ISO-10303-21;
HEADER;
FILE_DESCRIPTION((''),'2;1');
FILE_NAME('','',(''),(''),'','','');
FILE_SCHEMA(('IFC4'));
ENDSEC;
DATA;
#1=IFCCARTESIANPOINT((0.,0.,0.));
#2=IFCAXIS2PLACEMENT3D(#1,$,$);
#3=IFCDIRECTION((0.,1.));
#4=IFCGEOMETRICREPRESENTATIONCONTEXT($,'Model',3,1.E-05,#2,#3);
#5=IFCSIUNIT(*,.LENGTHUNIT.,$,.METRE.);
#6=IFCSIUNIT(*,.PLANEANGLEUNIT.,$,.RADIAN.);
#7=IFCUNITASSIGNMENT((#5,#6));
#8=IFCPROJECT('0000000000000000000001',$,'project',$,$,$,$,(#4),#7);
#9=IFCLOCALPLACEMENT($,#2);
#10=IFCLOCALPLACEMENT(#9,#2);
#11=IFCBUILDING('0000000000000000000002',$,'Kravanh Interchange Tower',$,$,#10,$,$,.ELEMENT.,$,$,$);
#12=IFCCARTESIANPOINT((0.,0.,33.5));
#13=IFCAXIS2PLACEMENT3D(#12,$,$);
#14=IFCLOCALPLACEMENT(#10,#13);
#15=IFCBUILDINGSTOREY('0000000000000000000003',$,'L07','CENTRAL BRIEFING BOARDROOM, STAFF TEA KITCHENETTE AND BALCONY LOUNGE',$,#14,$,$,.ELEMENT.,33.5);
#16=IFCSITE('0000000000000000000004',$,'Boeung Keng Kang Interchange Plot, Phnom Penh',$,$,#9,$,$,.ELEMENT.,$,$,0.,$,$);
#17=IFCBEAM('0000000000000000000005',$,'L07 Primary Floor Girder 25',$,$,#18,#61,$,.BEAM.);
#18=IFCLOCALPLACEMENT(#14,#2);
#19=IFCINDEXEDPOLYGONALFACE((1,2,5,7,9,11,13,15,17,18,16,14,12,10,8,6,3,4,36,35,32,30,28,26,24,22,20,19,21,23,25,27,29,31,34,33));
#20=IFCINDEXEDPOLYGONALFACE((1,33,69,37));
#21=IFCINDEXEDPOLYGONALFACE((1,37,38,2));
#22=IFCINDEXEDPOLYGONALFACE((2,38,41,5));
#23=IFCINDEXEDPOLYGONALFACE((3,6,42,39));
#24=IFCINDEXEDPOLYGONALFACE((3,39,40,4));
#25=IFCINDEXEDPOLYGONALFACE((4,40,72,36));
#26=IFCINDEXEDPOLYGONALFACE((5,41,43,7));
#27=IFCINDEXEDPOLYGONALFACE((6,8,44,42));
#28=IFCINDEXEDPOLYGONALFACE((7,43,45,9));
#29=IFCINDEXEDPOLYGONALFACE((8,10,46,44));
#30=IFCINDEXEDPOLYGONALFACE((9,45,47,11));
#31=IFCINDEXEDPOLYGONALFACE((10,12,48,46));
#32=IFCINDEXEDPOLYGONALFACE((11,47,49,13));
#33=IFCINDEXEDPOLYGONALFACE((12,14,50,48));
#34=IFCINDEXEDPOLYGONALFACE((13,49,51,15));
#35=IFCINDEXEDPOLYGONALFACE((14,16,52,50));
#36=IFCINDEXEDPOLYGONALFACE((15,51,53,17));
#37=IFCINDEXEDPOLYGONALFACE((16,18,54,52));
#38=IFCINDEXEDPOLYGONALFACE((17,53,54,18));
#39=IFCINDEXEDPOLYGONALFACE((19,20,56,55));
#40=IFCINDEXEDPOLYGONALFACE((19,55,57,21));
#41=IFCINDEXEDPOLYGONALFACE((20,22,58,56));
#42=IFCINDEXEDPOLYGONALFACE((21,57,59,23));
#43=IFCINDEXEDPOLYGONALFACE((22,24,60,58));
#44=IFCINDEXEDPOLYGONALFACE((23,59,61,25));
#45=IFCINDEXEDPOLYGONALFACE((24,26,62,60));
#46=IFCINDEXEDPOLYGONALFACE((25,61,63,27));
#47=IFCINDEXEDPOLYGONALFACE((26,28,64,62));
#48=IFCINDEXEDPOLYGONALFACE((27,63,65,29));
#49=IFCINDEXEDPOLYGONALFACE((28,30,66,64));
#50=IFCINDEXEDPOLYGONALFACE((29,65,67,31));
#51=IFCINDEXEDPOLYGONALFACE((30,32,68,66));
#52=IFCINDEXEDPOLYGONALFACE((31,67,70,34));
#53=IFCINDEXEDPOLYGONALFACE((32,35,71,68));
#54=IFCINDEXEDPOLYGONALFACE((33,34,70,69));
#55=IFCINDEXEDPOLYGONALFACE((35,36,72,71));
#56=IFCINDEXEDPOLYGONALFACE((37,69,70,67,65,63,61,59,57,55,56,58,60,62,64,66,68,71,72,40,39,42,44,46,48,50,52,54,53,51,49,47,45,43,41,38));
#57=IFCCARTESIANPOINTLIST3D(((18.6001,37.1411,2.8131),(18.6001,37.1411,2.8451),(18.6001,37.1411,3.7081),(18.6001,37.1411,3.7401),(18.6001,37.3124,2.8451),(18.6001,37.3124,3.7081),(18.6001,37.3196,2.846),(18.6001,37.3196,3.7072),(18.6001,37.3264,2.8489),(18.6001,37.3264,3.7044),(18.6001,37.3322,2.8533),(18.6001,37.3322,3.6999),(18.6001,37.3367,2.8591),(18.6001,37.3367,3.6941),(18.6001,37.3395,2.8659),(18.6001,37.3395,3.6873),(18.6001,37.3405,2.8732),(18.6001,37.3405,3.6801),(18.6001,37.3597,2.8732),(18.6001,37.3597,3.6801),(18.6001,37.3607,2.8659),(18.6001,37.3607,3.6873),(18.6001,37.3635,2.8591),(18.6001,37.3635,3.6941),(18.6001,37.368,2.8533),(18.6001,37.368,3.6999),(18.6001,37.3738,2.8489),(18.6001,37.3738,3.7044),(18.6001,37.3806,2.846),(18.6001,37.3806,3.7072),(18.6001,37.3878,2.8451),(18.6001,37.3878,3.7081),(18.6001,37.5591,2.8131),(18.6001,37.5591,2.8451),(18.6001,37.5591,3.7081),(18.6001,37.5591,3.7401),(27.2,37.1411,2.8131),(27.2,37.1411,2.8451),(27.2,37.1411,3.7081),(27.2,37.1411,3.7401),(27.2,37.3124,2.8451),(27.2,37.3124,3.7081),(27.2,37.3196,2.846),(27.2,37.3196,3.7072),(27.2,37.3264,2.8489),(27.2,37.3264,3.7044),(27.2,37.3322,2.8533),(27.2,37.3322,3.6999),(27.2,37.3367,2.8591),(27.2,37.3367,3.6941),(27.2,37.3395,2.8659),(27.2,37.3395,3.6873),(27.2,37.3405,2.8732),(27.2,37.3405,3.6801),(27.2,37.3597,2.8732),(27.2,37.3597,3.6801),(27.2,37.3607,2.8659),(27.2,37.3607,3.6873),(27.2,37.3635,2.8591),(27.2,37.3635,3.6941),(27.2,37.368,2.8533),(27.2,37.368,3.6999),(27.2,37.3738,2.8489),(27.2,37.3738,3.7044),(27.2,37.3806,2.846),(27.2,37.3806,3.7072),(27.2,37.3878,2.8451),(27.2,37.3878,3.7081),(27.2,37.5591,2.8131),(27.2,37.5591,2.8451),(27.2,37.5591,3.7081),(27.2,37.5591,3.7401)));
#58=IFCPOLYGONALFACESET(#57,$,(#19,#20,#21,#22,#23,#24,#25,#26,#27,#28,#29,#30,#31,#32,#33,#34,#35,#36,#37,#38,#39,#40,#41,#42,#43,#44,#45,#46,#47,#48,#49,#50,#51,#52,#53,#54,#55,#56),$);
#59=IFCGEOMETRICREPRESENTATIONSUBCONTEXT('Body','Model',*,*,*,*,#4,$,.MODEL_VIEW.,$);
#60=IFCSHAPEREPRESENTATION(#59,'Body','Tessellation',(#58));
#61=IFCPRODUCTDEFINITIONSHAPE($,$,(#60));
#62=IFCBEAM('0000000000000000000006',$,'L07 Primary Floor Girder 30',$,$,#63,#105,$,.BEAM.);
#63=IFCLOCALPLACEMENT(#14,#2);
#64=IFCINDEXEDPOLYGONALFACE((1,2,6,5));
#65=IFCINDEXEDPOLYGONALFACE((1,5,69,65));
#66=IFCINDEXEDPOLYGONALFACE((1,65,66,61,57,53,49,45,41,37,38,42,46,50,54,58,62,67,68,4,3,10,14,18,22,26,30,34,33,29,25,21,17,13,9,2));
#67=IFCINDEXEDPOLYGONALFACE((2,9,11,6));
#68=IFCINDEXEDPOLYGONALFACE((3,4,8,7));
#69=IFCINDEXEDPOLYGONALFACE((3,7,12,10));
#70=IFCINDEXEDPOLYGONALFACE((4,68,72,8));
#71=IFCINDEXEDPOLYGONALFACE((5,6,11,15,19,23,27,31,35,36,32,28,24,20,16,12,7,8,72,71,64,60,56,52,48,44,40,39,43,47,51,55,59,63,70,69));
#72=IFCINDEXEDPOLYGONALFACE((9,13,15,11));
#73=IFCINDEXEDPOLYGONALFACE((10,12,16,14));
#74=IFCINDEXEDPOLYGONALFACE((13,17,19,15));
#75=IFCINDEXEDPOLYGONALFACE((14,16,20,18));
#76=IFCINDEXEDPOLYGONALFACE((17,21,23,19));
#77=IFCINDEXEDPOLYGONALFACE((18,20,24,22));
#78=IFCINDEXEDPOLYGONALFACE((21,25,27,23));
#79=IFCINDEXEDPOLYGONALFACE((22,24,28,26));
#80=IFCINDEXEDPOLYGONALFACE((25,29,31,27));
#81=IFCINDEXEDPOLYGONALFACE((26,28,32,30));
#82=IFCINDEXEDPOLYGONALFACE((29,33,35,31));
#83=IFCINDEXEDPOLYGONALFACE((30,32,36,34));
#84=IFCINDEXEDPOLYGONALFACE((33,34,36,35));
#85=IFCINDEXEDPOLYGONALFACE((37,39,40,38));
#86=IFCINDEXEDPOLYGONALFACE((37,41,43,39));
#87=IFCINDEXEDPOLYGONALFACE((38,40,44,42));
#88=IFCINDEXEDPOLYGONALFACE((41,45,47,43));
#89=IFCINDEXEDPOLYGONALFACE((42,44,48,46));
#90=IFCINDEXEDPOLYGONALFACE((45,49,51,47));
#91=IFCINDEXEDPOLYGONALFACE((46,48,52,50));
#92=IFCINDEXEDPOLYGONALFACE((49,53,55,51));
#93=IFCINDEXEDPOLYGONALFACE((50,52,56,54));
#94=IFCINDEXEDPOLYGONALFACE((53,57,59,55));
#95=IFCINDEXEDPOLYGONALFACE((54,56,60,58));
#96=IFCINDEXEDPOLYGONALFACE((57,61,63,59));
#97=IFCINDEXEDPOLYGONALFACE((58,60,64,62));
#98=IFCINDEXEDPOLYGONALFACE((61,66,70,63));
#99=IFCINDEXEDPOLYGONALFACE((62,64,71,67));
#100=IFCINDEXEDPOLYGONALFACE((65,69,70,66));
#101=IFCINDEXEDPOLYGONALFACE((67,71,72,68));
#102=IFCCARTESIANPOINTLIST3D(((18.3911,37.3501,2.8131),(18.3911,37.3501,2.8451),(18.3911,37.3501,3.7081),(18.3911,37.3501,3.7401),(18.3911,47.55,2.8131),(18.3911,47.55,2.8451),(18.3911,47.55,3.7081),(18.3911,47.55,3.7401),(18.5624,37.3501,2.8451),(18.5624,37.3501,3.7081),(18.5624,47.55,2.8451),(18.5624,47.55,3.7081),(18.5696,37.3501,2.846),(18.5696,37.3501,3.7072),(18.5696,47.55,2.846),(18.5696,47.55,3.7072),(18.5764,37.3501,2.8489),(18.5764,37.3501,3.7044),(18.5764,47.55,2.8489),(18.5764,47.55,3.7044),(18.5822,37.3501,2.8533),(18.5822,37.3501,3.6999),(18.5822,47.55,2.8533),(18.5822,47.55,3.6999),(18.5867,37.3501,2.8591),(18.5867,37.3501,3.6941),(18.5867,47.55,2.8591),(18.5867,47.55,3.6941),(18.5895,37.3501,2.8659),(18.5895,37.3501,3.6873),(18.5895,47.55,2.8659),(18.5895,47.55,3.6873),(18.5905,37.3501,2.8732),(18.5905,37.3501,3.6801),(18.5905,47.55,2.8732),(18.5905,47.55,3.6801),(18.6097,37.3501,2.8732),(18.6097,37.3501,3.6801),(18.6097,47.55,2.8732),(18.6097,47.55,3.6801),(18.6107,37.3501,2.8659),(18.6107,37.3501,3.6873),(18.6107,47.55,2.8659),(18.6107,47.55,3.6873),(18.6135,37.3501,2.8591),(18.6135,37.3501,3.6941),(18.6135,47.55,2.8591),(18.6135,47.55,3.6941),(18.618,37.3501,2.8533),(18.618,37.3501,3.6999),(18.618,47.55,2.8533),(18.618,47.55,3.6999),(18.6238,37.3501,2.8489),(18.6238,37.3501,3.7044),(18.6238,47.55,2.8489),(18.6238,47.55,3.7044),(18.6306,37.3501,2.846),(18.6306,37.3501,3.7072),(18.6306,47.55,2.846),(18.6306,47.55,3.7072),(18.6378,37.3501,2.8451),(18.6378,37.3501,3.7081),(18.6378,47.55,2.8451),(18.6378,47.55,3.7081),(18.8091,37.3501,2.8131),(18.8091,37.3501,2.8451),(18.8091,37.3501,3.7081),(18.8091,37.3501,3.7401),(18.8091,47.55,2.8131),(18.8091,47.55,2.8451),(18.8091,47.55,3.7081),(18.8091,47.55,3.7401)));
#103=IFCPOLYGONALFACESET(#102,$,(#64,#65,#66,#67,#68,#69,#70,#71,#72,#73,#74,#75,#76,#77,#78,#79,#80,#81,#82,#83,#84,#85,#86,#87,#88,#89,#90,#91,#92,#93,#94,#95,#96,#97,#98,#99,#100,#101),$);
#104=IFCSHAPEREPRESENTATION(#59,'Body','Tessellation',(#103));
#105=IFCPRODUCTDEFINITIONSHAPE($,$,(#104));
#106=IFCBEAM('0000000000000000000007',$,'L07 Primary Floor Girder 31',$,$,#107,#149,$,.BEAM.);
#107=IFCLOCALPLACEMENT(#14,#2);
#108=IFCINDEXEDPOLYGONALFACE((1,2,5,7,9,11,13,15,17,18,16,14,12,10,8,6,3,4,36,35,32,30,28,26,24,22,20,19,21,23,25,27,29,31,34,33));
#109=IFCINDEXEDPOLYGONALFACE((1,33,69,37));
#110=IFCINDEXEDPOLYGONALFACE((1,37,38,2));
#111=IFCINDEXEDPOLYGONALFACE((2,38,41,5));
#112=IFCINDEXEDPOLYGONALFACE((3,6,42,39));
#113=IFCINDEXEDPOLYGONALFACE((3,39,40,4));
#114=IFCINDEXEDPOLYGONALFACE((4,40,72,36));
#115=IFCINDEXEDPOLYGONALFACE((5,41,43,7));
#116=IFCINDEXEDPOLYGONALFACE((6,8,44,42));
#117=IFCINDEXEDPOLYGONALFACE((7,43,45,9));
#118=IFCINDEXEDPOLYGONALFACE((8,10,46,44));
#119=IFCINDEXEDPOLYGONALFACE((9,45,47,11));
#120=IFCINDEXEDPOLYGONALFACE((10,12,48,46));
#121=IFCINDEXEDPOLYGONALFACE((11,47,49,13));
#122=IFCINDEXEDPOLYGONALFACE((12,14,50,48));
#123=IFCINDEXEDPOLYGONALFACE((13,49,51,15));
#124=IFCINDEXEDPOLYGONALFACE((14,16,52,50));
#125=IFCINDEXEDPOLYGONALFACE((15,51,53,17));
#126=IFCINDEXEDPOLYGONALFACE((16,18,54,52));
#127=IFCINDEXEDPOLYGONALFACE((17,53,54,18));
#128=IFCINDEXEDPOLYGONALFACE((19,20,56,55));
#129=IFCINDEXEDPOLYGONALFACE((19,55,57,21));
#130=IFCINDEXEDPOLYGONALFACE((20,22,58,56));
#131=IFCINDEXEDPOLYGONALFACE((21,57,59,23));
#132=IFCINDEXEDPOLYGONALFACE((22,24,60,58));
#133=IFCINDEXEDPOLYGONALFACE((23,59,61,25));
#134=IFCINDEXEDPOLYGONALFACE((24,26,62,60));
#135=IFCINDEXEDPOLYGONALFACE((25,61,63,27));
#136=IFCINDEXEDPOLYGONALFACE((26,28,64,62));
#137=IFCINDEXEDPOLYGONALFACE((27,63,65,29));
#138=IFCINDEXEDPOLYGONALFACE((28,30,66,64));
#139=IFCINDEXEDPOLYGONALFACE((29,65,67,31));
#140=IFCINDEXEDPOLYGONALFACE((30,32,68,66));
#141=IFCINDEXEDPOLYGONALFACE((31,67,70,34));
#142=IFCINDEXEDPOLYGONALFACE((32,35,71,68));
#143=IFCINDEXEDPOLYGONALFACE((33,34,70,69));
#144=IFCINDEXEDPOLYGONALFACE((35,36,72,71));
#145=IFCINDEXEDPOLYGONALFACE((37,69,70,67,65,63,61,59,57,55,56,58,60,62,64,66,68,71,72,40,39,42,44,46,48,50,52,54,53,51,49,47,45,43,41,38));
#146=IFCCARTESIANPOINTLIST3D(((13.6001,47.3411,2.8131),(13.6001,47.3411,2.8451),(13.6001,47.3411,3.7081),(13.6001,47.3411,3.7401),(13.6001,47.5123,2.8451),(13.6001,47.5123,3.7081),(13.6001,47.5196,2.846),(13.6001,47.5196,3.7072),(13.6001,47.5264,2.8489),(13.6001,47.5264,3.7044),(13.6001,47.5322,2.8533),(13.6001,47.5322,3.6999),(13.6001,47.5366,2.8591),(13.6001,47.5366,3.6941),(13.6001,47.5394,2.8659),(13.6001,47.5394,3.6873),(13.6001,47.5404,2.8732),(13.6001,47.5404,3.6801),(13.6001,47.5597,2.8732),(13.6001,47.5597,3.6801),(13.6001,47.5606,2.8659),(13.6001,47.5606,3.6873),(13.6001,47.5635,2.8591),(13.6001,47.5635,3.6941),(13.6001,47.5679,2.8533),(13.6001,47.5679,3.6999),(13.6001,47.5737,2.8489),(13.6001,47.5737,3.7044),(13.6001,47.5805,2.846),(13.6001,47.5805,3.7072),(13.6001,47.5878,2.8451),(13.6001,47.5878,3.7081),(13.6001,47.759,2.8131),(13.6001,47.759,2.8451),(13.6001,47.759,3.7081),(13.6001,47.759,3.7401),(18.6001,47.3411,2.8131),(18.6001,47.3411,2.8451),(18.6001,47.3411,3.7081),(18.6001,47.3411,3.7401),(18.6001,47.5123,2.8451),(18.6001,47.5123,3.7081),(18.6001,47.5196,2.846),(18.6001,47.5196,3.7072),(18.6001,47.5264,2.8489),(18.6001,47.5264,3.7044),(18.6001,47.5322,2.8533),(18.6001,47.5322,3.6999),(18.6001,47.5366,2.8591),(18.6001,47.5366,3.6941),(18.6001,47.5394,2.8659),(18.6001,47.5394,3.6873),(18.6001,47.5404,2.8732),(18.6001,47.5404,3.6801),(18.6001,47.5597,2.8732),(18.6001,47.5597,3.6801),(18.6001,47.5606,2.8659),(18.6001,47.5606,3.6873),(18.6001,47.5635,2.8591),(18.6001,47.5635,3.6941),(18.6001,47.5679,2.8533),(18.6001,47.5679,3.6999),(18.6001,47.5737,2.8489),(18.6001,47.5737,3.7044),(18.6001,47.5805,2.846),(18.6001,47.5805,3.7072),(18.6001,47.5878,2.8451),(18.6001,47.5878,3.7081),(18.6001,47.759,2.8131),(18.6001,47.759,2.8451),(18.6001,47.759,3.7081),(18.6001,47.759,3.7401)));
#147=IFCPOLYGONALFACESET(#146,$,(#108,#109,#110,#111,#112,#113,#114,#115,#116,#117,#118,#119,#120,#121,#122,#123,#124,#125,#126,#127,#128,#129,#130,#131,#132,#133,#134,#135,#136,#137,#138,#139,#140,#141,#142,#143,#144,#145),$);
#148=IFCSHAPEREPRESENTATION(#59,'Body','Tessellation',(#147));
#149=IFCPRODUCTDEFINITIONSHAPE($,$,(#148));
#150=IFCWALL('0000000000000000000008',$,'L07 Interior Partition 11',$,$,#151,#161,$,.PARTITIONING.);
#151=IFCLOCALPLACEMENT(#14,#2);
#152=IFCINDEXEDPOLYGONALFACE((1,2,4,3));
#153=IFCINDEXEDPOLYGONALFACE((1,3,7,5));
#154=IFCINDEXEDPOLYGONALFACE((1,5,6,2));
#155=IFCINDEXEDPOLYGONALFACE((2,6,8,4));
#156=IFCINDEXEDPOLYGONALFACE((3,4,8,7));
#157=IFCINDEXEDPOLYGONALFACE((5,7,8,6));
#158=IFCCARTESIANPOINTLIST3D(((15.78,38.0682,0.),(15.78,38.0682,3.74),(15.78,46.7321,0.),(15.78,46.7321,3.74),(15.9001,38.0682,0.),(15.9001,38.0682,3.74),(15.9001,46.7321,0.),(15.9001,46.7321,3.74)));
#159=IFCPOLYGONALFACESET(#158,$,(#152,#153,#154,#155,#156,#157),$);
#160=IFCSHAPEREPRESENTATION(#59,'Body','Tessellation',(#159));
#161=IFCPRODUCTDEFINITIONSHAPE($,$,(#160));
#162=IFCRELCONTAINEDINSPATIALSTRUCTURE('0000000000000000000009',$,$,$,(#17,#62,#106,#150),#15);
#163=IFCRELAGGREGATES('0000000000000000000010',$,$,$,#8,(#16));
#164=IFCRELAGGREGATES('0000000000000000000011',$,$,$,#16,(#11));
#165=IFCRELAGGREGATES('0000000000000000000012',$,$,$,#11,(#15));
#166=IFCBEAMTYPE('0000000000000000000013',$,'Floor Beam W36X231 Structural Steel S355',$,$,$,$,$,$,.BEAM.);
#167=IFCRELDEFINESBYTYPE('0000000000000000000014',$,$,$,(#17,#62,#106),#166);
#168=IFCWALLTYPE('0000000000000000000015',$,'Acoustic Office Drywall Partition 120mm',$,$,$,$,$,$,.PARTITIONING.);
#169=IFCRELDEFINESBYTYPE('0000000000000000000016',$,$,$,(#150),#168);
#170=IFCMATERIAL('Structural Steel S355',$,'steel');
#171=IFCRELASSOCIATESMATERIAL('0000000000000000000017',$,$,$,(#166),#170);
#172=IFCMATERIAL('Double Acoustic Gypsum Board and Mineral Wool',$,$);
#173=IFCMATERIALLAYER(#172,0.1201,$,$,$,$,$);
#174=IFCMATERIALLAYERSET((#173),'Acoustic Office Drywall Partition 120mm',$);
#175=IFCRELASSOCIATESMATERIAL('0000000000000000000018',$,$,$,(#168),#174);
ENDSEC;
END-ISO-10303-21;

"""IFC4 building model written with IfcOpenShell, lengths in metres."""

from ifc_helpers import new_model, si_unit, direction, frame, frame_2d, origin, origin_2d, place, context, subcontext, project, spatial, rectangle, i_section, extrude, material, layer, layer_set, material_profile, profile_set, type_object, element, save


model = new_model("IFC4")

# Units and contexts
model_context = context("Model", 3, precision=1e-05, world=origin(), true_north=direction((0.0, 1.0)))
body_context = subcontext(model_context, "Body", "Model", "MODEL_VIEW")
ifc_project = project(units=[si_unit("LENGTHUNIT", "METRE"), si_unit("PLANEANGLEUNIT", "RADIAN")], contexts=[model_context])

# Site, building, storey
site_placement = place(None, origin())
site = spatial("IfcSite", under=ifc_project, at=site_placement, Name="Boeung Keng Kang Interchange Plot, Phnom Penh", CompositionType="ELEMENT", RefElevation=0.0)
building_placement = place(site_placement, origin())
building = spatial("IfcBuilding", under=site, at=building_placement, Name="Kravanh Interchange Tower", CompositionType="ELEMENT")
storey_placement = place(building_placement, frame((0.0, 0.0, 33.5)))
storey = spatial("IfcBuildingStorey", under=building, at=storey_placement, Name="L07", Description="CENTRAL BRIEFING BOARDROOM, STAFF TEA KITCHENETTE AND BALCONY LOUNGE", CompositionType="ELEMENT", Elevation=33.5)

# Beams
ifc_material_1 = material(Name="Structural Steel S355", Category="steel")
ifc_material_profile_1 = material_profile(ifc_material_1, i_section(OverallWidth=0.418, OverallDepth=0.927, WebThickness=0.0193, FlangeThickness=0.032, FilletRadius=0.0281, at=origin_2d()), Name="W36X231")
ifc_profile_set_1 = profile_set([ifc_material_profile_1], Name="Structural Steel S355")
beam_type = type_object("IfcBeamType", Name="Floor Beam W36X231 Structural Steel S355", PredefinedType="BEAM", material=ifc_profile_set_1)
beam_1_placement = place(storey_placement, frame((27.2, 37.3501, 3.2766), z_axis=(-1.0, 0.0, 0.0), x_axis=(0.0, -1.0, 0.0)))
element("IfcBeam", 1, at=beam_1_placement, inside=storey, type_object=beam_type, Name="L07 Primary Floor Girder 25", PredefinedType="BEAM", context=body_context, shape_type="SweptSolid", body=[
    extrude(i_section(OverallWidth=0.418, OverallDepth=0.927, WebThickness=0.0193, FlangeThickness=0.032, FilletRadius=0.0281, at=origin_2d()), origin(), (0.0, 0.0, 1.0), 8.5999),
])
beam_2_placement = place(storey_placement, frame((18.6001, 37.3501, 3.2766), z_axis=(0.0, 1.0, 0.0), x_axis=(-1.0, 0.0, 0.0)))
element("IfcBeam", 2, at=beam_2_placement, inside=storey, type_object=beam_type, Name="L07 Primary Floor Girder 30", PredefinedType="BEAM", context=body_context, shape_type="SweptSolid", body=[
    extrude(i_section(OverallWidth=0.418, OverallDepth=0.927, WebThickness=0.0193, FlangeThickness=0.032, FilletRadius=0.0281, at=origin_2d()), origin(), (0.0, 0.0, 1.0), 10.2),
])
beam_3_placement = place(storey_placement, frame((18.6001, 47.55, 3.2766), z_axis=(-1.0, 0.0, 0.0), x_axis=(0.0, -1.0, 0.0)))
element("IfcBeam", 3, at=beam_3_placement, inside=storey, type_object=beam_type, Name="L07 Primary Floor Girder 31", PredefinedType="BEAM", context=body_context, shape_type="SweptSolid", body=[
    extrude(i_section(OverallWidth=0.418, OverallDepth=0.927, WebThickness=0.0193, FlangeThickness=0.032, FilletRadius=0.0281, at=origin_2d()), origin(), (0.0, 0.0, 1.0), 5.0),
])

# Wall
ifc_material_2 = material(Name="Double Acoustic Gypsum Board and Mineral Wool")
ifc_layer_1 = layer(ifc_material_2, 0.1201)
ifc_layer_set_1 = layer_set([ifc_layer_1], Name="Acoustic Office Drywall Partition 120mm")
wall_type_1 = type_object("IfcWallType", Name="Acoustic Office Drywall Partition 120mm", PredefinedType="PARTITIONING", material=ifc_layer_set_1)
wall_1_placement = place(storey_placement, frame((15.8401, 38.0681, 0.0), z_axis=(0.0, 0.0, 1.0), x_axis=(0.0, 1.0, 0.0)))
element("IfcWall", 4, at=wall_1_placement, inside=storey, type_object=wall_type_1, Name="L07 Interior Partition 11", PredefinedType="PARTITIONING", context=body_context, shape_type="SweptSolid", body=[
    extrude(rectangle(XDim=8.6638, YDim=0.1201, at=frame_2d((4.332, 0.0))), origin(), (0.0, 0.0, 1.0), 3.74),
])

save(model, "model.ifc")
